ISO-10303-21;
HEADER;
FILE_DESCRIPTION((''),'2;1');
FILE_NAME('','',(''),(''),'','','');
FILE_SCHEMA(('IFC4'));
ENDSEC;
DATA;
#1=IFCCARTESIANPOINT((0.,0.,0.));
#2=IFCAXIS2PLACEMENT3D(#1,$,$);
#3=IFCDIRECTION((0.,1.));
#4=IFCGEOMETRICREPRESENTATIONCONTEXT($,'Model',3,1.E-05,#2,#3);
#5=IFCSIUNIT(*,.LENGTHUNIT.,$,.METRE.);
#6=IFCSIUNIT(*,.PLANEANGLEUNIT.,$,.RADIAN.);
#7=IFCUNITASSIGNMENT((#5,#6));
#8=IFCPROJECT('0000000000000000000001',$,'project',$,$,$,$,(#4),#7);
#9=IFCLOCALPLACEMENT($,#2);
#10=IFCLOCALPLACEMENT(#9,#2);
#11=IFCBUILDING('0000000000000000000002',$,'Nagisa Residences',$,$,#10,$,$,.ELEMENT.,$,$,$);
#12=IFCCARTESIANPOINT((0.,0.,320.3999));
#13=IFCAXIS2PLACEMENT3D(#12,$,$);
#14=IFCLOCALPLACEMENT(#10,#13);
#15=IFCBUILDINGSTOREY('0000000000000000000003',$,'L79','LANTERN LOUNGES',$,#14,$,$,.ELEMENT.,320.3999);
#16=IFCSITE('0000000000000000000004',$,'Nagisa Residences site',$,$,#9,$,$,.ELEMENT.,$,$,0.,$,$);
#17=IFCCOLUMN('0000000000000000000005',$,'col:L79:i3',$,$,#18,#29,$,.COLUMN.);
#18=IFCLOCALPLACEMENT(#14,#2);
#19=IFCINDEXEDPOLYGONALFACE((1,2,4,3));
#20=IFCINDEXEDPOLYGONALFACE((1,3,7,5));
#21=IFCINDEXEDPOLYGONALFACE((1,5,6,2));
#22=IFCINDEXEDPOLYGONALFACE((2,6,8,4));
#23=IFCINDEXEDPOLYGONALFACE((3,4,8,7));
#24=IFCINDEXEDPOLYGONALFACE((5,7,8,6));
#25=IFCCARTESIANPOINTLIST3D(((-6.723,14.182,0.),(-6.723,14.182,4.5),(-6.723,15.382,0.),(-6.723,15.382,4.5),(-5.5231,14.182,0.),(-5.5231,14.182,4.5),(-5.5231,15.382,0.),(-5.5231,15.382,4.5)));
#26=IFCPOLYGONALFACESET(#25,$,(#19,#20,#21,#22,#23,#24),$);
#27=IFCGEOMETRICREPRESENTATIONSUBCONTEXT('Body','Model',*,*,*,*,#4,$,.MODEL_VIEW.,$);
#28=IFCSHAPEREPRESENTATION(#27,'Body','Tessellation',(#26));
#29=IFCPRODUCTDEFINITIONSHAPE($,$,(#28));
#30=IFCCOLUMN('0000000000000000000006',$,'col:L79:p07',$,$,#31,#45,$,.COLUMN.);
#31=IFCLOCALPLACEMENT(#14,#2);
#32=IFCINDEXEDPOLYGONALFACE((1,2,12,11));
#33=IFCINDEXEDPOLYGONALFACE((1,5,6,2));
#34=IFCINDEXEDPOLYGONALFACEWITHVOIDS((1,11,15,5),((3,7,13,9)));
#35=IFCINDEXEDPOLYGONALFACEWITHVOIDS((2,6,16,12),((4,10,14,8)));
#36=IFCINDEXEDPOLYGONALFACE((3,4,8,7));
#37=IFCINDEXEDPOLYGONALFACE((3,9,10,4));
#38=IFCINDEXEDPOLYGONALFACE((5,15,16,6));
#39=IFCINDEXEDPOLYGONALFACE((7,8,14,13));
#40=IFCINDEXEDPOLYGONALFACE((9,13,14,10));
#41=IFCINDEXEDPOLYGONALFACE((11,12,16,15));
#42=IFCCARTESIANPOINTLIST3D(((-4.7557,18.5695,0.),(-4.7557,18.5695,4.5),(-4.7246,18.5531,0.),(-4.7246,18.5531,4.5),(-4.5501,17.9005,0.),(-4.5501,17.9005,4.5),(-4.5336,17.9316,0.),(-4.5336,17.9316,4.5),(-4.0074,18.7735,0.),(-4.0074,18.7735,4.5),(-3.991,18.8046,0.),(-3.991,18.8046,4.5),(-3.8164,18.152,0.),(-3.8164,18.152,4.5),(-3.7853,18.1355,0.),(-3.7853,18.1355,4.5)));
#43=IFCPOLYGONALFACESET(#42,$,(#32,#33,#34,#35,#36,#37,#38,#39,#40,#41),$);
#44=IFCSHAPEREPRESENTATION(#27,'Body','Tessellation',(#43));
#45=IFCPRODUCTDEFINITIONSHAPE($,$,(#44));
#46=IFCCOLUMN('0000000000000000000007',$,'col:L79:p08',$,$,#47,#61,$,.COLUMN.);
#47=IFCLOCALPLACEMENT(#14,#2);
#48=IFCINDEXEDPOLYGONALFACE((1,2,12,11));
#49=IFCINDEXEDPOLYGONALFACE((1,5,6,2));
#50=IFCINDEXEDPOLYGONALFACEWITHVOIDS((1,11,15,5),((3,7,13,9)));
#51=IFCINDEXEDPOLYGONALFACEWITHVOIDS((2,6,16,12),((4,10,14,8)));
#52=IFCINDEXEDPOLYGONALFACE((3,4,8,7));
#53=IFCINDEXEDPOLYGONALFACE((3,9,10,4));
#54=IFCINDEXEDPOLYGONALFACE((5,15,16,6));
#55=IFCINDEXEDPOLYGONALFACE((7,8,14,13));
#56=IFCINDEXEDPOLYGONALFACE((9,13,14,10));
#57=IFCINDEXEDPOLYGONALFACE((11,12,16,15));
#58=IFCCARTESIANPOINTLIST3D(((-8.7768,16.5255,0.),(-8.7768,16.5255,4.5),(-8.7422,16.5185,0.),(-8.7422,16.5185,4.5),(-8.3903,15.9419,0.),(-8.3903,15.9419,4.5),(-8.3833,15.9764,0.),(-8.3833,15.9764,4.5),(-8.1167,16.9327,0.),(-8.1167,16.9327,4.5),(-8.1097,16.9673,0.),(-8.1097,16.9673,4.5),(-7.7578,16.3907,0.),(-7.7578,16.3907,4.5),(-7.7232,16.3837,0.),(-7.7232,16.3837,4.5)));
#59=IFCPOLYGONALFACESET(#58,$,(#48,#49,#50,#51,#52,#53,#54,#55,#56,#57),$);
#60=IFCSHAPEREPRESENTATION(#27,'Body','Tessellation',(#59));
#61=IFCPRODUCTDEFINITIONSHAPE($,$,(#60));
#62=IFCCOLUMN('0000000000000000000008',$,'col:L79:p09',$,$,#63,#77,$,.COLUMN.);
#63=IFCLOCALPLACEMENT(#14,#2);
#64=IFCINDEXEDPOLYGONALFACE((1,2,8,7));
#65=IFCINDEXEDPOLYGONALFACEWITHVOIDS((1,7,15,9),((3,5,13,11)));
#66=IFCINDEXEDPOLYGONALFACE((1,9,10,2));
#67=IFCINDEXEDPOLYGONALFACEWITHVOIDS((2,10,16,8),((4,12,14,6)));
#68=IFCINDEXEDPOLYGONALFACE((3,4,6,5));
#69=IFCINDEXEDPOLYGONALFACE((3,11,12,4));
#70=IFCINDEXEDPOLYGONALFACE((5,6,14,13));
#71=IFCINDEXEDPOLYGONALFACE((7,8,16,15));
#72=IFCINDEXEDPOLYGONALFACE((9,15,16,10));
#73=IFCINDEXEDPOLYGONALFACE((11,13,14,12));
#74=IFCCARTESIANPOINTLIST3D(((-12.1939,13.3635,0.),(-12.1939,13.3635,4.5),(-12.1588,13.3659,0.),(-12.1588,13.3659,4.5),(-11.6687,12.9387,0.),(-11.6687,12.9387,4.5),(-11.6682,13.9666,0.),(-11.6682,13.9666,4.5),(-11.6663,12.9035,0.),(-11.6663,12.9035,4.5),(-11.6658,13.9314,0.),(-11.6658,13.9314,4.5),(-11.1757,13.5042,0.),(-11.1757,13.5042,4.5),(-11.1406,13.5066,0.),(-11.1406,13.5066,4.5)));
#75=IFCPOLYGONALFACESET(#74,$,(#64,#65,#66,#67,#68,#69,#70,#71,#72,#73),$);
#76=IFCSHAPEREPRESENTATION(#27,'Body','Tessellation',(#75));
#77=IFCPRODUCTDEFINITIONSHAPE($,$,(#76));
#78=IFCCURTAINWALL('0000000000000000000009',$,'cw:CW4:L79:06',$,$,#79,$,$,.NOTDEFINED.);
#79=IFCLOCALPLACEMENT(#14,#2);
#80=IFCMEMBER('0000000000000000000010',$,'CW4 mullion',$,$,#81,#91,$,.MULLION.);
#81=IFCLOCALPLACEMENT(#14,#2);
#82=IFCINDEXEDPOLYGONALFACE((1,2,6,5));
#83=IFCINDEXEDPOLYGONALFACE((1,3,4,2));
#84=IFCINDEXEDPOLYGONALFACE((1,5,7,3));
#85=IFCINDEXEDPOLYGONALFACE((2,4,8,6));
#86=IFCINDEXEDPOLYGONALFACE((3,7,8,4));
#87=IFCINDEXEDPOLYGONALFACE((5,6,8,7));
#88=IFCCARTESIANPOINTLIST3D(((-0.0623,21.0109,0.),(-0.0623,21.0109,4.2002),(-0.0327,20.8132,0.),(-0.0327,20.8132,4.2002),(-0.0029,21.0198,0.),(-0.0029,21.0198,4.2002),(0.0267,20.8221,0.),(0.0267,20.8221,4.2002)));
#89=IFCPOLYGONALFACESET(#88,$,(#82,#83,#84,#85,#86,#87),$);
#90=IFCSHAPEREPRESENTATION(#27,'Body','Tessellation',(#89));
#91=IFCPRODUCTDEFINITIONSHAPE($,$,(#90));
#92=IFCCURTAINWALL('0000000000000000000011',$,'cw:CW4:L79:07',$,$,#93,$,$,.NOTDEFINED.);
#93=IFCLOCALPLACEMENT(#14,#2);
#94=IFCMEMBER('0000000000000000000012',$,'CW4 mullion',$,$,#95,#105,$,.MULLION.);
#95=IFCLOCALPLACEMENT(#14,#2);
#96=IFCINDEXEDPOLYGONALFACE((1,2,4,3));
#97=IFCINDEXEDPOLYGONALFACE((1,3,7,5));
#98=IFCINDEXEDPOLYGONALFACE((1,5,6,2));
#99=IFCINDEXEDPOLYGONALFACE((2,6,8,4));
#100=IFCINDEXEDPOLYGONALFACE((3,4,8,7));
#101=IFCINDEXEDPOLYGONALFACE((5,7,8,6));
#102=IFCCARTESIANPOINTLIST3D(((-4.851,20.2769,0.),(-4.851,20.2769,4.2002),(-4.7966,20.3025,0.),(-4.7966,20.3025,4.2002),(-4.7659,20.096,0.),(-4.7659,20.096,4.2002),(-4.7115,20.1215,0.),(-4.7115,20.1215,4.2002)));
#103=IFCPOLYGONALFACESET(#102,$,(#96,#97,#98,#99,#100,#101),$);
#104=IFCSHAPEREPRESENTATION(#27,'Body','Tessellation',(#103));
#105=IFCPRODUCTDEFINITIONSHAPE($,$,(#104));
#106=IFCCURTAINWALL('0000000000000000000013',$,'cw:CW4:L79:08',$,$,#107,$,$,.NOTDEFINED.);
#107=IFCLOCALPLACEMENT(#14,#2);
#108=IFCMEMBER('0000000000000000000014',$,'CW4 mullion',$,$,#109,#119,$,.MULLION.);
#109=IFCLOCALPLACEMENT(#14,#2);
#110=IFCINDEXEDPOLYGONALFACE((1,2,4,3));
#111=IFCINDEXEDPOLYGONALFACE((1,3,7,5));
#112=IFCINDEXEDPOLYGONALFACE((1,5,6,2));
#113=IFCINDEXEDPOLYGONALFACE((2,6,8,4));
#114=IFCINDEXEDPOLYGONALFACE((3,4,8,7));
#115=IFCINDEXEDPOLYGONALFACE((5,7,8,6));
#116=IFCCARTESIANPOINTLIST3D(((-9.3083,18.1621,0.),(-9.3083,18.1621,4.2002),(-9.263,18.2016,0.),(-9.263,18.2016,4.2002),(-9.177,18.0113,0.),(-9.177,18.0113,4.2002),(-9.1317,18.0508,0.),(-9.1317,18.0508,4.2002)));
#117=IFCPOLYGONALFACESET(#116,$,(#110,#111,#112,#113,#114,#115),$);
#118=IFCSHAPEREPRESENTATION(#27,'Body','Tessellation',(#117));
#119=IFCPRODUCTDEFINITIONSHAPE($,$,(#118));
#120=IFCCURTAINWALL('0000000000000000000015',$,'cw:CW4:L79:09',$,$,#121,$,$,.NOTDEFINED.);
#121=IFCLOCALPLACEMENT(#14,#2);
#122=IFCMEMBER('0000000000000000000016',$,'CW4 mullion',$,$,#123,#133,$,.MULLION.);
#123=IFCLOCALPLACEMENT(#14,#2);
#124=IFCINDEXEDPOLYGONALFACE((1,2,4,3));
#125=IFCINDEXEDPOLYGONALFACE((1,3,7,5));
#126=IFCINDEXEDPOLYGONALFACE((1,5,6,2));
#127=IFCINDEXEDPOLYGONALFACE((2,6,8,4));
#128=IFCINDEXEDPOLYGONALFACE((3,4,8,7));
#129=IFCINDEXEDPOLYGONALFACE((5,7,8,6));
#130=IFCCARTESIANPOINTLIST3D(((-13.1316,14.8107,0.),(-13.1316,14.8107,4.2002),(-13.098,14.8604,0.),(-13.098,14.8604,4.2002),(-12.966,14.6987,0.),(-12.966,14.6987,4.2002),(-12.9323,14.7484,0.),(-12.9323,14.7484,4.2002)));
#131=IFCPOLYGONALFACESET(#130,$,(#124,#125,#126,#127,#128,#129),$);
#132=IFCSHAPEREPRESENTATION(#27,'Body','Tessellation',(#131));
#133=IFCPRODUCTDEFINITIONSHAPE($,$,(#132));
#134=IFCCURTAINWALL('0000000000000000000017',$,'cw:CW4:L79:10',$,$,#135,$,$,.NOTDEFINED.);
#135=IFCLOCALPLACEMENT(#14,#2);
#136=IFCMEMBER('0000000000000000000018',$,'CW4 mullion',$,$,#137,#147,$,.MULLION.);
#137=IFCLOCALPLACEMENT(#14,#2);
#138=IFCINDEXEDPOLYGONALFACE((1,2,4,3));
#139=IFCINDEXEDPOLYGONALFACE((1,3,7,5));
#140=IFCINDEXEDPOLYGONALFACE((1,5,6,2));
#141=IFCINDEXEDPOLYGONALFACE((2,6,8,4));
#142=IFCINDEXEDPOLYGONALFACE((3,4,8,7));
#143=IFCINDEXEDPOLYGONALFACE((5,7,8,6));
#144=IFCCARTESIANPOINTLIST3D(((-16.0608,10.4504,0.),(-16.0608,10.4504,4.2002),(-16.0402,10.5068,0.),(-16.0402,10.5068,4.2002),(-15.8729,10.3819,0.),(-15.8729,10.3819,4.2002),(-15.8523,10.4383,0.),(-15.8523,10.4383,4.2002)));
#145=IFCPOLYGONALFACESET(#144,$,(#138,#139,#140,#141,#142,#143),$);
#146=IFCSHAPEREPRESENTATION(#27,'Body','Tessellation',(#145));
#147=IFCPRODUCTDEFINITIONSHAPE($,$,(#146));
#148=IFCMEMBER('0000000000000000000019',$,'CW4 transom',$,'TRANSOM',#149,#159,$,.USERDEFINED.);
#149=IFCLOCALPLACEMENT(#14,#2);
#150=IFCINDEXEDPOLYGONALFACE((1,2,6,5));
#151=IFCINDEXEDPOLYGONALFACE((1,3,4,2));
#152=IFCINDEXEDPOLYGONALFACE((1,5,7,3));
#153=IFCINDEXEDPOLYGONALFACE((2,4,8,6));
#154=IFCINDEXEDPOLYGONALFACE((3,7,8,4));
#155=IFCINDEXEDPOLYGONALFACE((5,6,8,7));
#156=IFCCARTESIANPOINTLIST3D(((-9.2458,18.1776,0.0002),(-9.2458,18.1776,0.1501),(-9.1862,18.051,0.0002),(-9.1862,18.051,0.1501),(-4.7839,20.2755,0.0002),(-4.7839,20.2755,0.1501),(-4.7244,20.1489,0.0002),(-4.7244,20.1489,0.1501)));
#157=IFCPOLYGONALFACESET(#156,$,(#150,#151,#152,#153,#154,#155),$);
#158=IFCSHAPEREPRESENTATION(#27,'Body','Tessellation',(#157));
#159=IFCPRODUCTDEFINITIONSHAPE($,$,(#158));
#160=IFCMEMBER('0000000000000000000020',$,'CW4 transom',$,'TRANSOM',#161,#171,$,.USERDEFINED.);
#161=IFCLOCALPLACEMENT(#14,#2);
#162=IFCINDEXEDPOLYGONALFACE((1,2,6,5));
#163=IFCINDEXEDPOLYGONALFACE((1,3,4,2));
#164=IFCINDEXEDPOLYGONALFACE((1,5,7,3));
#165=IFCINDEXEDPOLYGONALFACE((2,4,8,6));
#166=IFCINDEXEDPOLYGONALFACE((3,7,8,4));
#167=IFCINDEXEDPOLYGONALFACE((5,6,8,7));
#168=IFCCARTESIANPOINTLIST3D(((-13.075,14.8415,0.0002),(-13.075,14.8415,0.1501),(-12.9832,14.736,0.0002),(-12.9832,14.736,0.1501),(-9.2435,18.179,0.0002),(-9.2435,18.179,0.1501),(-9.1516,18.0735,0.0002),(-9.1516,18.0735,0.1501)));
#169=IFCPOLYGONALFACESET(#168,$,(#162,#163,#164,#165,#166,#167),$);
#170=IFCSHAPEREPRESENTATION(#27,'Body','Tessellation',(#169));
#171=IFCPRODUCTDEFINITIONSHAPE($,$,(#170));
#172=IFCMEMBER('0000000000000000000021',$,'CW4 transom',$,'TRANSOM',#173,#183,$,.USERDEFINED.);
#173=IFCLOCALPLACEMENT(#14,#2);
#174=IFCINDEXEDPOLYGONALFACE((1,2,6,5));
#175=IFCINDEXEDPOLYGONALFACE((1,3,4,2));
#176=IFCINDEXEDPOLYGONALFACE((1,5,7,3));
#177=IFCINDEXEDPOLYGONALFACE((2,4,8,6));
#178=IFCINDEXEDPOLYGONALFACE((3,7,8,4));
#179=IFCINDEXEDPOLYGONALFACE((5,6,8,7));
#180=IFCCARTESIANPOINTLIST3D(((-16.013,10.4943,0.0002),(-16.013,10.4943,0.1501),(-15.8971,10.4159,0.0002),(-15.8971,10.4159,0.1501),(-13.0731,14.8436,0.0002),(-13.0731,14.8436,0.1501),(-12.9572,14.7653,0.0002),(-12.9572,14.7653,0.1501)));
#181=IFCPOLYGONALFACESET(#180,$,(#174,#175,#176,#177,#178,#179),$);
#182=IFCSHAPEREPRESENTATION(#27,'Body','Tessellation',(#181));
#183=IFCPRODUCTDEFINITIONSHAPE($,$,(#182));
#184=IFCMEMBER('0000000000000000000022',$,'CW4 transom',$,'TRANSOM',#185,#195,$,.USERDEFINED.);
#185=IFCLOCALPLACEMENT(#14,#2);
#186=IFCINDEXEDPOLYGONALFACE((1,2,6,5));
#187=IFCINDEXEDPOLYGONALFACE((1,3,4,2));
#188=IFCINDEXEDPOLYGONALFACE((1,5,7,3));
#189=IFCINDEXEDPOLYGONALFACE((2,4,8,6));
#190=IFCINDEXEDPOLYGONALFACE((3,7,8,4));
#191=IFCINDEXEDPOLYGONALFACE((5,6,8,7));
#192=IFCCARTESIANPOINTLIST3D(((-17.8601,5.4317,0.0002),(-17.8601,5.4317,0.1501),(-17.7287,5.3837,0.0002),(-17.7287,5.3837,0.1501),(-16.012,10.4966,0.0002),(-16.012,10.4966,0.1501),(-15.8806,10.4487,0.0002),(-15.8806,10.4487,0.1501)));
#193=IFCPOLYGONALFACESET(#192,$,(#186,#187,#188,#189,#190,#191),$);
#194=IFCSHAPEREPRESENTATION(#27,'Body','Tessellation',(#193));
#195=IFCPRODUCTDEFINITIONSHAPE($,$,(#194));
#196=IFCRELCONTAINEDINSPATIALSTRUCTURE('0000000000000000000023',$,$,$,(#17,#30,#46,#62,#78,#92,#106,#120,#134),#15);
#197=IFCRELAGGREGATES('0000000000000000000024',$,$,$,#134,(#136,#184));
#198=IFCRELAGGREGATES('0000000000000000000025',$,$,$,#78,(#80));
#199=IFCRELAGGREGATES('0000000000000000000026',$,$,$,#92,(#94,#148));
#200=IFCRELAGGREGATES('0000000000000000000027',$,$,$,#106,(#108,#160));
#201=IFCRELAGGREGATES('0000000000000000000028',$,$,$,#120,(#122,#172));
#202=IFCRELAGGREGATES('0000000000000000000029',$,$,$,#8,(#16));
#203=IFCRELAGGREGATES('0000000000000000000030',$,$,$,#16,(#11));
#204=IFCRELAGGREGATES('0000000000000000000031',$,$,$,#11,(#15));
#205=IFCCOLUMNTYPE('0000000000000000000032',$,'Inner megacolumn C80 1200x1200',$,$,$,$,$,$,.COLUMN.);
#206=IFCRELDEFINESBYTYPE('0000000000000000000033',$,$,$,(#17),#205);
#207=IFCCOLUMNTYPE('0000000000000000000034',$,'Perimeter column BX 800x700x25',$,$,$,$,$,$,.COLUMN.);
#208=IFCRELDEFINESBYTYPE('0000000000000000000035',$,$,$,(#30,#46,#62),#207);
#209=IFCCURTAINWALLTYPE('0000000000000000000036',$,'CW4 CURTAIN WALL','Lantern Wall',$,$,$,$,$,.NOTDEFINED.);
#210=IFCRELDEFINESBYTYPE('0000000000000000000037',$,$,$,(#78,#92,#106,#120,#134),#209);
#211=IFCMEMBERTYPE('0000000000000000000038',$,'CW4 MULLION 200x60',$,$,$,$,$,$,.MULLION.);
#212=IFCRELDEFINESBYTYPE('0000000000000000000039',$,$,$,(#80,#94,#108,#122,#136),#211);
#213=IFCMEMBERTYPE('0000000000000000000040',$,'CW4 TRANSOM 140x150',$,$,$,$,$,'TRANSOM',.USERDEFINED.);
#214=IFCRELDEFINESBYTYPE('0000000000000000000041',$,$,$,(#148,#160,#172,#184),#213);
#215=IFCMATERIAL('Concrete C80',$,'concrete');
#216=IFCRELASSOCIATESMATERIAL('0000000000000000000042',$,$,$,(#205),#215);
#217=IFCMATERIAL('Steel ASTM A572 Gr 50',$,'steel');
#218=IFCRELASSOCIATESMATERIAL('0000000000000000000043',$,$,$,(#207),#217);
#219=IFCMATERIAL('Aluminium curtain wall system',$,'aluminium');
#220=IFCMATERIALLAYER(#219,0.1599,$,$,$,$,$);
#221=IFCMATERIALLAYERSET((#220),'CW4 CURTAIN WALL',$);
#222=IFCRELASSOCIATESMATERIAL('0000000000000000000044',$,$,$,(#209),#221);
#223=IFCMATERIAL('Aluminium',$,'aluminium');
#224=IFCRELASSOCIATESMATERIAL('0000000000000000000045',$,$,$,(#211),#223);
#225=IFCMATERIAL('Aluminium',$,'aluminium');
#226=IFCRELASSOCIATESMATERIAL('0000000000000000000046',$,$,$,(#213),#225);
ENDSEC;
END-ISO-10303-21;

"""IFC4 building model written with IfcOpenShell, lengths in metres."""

from ifc_helpers import new_model, si_unit, direction, frame, origin, origin_2d, place, context, subcontext, project, spatial, rectangle, hollow_rectangle, extrude, material, layer, layer_set, material_profile, profile_set, type_object, element, aggregate, save


model = new_model("IFC4")

# Units and contexts
model_context = context("Model", 3, precision=1e-05, world=origin(), true_north=direction((0.0, 1.0)))
body_context = subcontext(model_context, "Body", "Model", "MODEL_VIEW")
ifc_project = project(units=[si_unit("LENGTHUNIT", "METRE"), si_unit("PLANEANGLEUNIT", "RADIAN")], contexts=[model_context])

# Site, building, storey
site_placement = place(None, origin())
site = spatial("IfcSite", under=ifc_project, at=site_placement, Name="Nagisa Residences site", CompositionType="ELEMENT", RefElevation=0.0)
building_placement = place(site_placement, origin())
building = spatial("IfcBuilding", under=site, at=building_placement, Name="Nagisa Residences", CompositionType="ELEMENT")
storey_placement = place(building_placement, frame((0.0, 0.0, 320.3999)))
storey = spatial("IfcBuildingStorey", under=building, at=storey_placement, Name="L79", Description="LANTERN LOUNGES", CompositionType="ELEMENT", Elevation=320.3999)

# Columns
ifc_material_1 = material(Name="Concrete C80", Category="concrete")
ifc_material_profile_1 = material_profile(ifc_material_1, rectangle(XDim=1.2, YDim=1.2, at=origin_2d()), Name="C80 1200x1200")
ifc_profile_set_1 = profile_set([ifc_material_profile_1], Name="Concrete C80")
column_type_1 = type_object("IfcColumnType", Name="Inner megacolumn C80 1200x1200", PredefinedType="COLUMN", material=ifc_profile_set_1)
column_placement = place(storey_placement, frame((-6.123, 14.782, 0.0), z_axis=(0.0, 0.0, 1.0), x_axis=(1.0, 0.0, 0.0)))
element("IfcColumn", 1, at=column_placement, inside=storey, type_object=column_type_1, Name="col:L79:i3", PredefinedType="COLUMN", context=body_context, shape_type="SweptSolid", body=[
    extrude(rectangle(XDim=1.2, YDim=1.2, at=origin_2d()), origin(), (0.0, 0.0, 1.0), 4.5),
])
ifc_material_2 = material(Name="Steel ASTM A572 Gr 50", Category="steel")
ifc_material_profile_2 = material_profile(ifc_material_2, hollow_rectangle(XDim=0.8, YDim=0.7, WallThickness=0.0249, at=origin_2d()), Name="BX 800x700x25")
ifc_profile_set_2 = profile_set([ifc_material_profile_2], Name="Steel ASTM A572 Gr 50")
column_type_2 = type_object("IfcColumnType", Name="Perimeter column BX 800x700x25", PredefinedType="COLUMN", material=ifc_profile_set_2)
for number, where, z_axis, x_axis, name in (
    (2, (-4.2705, 18.3525, 0.0), (0.0, 0.0, 1.0), (-0.95587, -0.29379, 0.0), "col:L79:p07"),
    (3, (-8.25, 16.4546, 0.0), (0.0, 0.0, 1.0), (-0.833744, -0.552151, 0.0), "col:L79:p08"),
    (4, (-11.6672, 13.4351, 0.0), (0.0, 0.0, 1.0), (-0.657135, -0.753773, 0.0), "col:L79:p09"),
):
    element("IfcColumn", number, at=place(storey_placement, frame(where, z_axis=z_axis, x_axis=x_axis)), inside=storey, type_object=column_type_2, Name=name, PredefinedType="COLUMN", context=body_context, shape_type="SweptSolid", body=[
        extrude(hollow_rectangle(XDim=0.8, YDim=0.7, WallThickness=0.0249, at=origin_2d()), origin(), (0.0, 0.0, 1.0), 4.5),
    ])

# Curtain walls, members
ifc_material_3 = material(Name="Aluminium curtain wall system", Category="aluminium")
ifc_layer_1 = layer(ifc_material_3, 0.1599)
ifc_layer_set_1 = layer_set([ifc_layer_1], Name="CW4 CURTAIN WALL")
curtain_wall_type = type_object("IfcCurtainWallType", Name="CW4 CURTAIN WALL", Description="Lantern Wall", PredefinedType="NOTDEFINED", material=ifc_layer_set_1)
curtain_wall_1_placement = place(storey_placement, origin())
curtain_wall_1 = element("IfcCurtainWall", 5, at=curtain_wall_1_placement, inside=storey, type_object=curtain_wall_type, Name="cw:CW4:L79:06", PredefinedType="NOTDEFINED")
ifc_material_4 = material(Name="Aluminium", Category="aluminium")
ifc_material_profile_3 = material_profile(ifc_material_4, rectangle(XDim=0.2, YDim=0.0601, at=origin_2d()), Name="CW4 MULLION 200x60")
ifc_profile_set_3 = profile_set([ifc_material_profile_3], Name="Aluminium")
member_type_1 = type_object("IfcMemberType", Name="CW4 MULLION 200x60", PredefinedType="MULLION", material=ifc_profile_set_3)
member_1_placement = place(storey_placement, frame((-0.0178, 20.9165, 0.0), z_axis=(0.0, 0.0, 1.0), x_axis=(0.147802, -0.989017, 0.0)))
member_1 = element("IfcMember", 6, at=member_1_placement, type_object=member_type_1, Name="CW4 mullion", PredefinedType="MULLION", context=body_context, shape_type="SweptSolid", body=[
    extrude(rectangle(XDim=0.2, YDim=0.0601, at=origin_2d()), origin(), (0.0, 0.0, 1.0), 4.2002),
])
curtain_wall_2_placement = place(storey_placement, origin())
curtain_wall_2 = element("IfcCurtainWall", 7, at=curtain_wall_2_placement, inside=storey, type_object=curtain_wall_type, Name="cw:CW4:L79:07", PredefinedType="NOTDEFINED")
member_2_placement = place(storey_placement, frame((-4.7812, 20.1992, 0.0), z_axis=(0.0, 0.0, 1.0), x_axis=(0.425501, -0.904958, 0.0)))
member_2 = element("IfcMember", 8, at=member_2_placement, type_object=member_type_1, Name="CW4 mullion", PredefinedType="MULLION", context=body_context, shape_type="SweptSolid", body=[
    extrude(rectangle(XDim=0.2, YDim=0.0601, at=origin_2d()), origin(), (0.0, 0.0, 1.0), 4.2002),
])
curtain_wall_3_placement = place(storey_placement, origin())
curtain_wall_3 = element("IfcCurtainWall", 9, at=curtain_wall_3_placement, inside=storey, type_object=curtain_wall_type, Name="cw:CW4:L79:08", PredefinedType="NOTDEFINED")
member_3_placement = place(storey_placement, frame((-9.22, 18.1064, 0.0), z_axis=(0.0, 0.0, 1.0), x_axis=(0.656803, -0.754062, 0.0)))
member_3 = element("IfcMember", 10, at=member_3_placement, type_object=member_type_1, Name="CW4 mullion", PredefinedType="MULLION", context=body_context, shape_type="SweptSolid", body=[
    extrude(rectangle(XDim=0.2, YDim=0.0601, at=origin_2d()), origin(), (0.0, 0.0, 1.0), 4.2002),
])
curtain_wall_4_placement = place(storey_placement, origin())
curtain_wall_4 = element("IfcCurtainWall", 11, at=curtain_wall_4_placement, inside=storey, type_object=curtain_wall_type, Name="cw:CW4:L79:09", PredefinedType="NOTDEFINED")
member_4_placement = place(storey_placement, frame((-13.032, 14.7795, 0.0), z_axis=(0.0, 0.0, 1.0), x_axis=(0.828473, -0.56003, 0.0)))
member_4 = element("IfcMember", 12, at=member_4_placement, type_object=member_type_1, Name="CW4 mullion", PredefinedType="MULLION", context=body_context, shape_type="SweptSolid", body=[
    extrude(rectangle(XDim=0.2, YDim=0.0601, at=origin_2d()), origin(), (0.0, 0.0, 1.0), 4.2002),
])
curtain_wall_5_placement = place(storey_placement, origin())
curtain_wall_5 = element("IfcCurtainWall", 13, at=curtain_wall_5_placement, inside=storey, type_object=curtain_wall_type, Name="cw:CW4:L79:10", PredefinedType="NOTDEFINED")
member_5_placement = place(storey_placement, frame((-15.9565, 10.4443, 0.0), z_axis=(0.0, 0.0, 1.0), x_axis=(0.939411, -0.342793, 0.0)))
member_5 = element("IfcMember", 14, at=member_5_placement, type_object=member_type_1, Name="CW4 mullion", PredefinedType="MULLION", context=body_context, shape_type="SweptSolid", body=[
    extrude(rectangle(XDim=0.2, YDim=0.0601, at=origin_2d()), origin(), (0.0, 0.0, 1.0), 4.2002),
])

# Members
ifc_material_5 = material(Name="Aluminium", Category="aluminium")
ifc_material_profile_4 = material_profile(ifc_material_5, rectangle(XDim=0.1399, YDim=0.1499, at=origin_2d()), Name="CW4 TRANSOM 140x150")
ifc_profile_set_4 = profile_set([ifc_material_profile_4], Name="Aluminium")
member_type_2 = type_object("IfcMemberType", Name="CW4 TRANSOM 140x150", ElementType="TRANSOM", PredefinedType="USERDEFINED", material=ifc_profile_set_4)
member_6_placement = place(storey_placement, frame((-4.7542, 20.2122, 0.0752), z_axis=(-0.904961, -0.425494, 0.0), x_axis=(0.425494, -0.904961, 0.0)))
member_6 = element("IfcMember", 15, at=member_6_placement, type_object=member_type_2, Name="CW4 transom", ObjectType="TRANSOM", PredefinedType="USERDEFINED", context=body_context, shape_type="SweptSolid", body=[
    extrude(rectangle(XDim=0.1399, YDim=0.1499, at=origin_2d()), origin(), (0.0, 0.0, 1.0), 4.9304),
])
member_7_placement = place(storey_placement, frame((-9.1975, 18.1262, 0.0752), z_axis=(-0.754057, -0.656809, 0.0), x_axis=(0.656809, -0.754057, 0.0)))
member_7 = element("IfcMember", 16, at=member_7_placement, type_object=member_type_2, Name="CW4 transom", ObjectType="TRANSOM", PredefinedType="USERDEFINED", context=body_context, shape_type="SweptSolid", body=[
    extrude(rectangle(XDim=0.1399, YDim=0.1499, at=origin_2d()), origin(), (0.0, 0.0, 1.0), 5.0813),
])
member_8_placement = place(storey_placement, frame((-13.0151, 14.8044, 0.0752), z_axis=(-0.560012, -0.828485, 0.0), x_axis=(0.828485, -0.560012, 0.0)))
member_8 = element("IfcMember", 17, at=member_8_placement, type_object=member_type_2, Name="CW4 transom", ObjectType="TRANSOM", PredefinedType="USERDEFINED", context=body_context, shape_type="SweptSolid", body=[
    extrude(rectangle(XDim=0.1399, YDim=0.1499, at=origin_2d()), origin(), (0.0, 0.0, 1.0), 5.2498),
])
member_9_placement = place(storey_placement, frame((-15.9463, 10.4727, 0.0752), z_axis=(-0.342783, -0.939415, 0.0), x_axis=(0.939415, -0.342783, 0.0)))
member_9 = element("IfcMember", 18, at=member_9_placement, type_object=member_type_2, Name="CW4 transom", ObjectType="TRANSOM", PredefinedType="USERDEFINED", context=body_context, shape_type="SweptSolid", body=[
    extrude(rectangle(XDim=0.1399, YDim=0.1499, at=origin_2d()), origin(), (0.0, 0.0, 1.0), 5.3916),
])
aggregate(curtain_wall_5, [member_5, member_9])

aggregate(curtain_wall_1, [member_1])
aggregate(curtain_wall_2, [member_2, member_6])
aggregate(curtain_wall_3, [member_3, member_7])
aggregate(curtain_wall_4, [member_4, member_8])

save(model, "model.ifc")
